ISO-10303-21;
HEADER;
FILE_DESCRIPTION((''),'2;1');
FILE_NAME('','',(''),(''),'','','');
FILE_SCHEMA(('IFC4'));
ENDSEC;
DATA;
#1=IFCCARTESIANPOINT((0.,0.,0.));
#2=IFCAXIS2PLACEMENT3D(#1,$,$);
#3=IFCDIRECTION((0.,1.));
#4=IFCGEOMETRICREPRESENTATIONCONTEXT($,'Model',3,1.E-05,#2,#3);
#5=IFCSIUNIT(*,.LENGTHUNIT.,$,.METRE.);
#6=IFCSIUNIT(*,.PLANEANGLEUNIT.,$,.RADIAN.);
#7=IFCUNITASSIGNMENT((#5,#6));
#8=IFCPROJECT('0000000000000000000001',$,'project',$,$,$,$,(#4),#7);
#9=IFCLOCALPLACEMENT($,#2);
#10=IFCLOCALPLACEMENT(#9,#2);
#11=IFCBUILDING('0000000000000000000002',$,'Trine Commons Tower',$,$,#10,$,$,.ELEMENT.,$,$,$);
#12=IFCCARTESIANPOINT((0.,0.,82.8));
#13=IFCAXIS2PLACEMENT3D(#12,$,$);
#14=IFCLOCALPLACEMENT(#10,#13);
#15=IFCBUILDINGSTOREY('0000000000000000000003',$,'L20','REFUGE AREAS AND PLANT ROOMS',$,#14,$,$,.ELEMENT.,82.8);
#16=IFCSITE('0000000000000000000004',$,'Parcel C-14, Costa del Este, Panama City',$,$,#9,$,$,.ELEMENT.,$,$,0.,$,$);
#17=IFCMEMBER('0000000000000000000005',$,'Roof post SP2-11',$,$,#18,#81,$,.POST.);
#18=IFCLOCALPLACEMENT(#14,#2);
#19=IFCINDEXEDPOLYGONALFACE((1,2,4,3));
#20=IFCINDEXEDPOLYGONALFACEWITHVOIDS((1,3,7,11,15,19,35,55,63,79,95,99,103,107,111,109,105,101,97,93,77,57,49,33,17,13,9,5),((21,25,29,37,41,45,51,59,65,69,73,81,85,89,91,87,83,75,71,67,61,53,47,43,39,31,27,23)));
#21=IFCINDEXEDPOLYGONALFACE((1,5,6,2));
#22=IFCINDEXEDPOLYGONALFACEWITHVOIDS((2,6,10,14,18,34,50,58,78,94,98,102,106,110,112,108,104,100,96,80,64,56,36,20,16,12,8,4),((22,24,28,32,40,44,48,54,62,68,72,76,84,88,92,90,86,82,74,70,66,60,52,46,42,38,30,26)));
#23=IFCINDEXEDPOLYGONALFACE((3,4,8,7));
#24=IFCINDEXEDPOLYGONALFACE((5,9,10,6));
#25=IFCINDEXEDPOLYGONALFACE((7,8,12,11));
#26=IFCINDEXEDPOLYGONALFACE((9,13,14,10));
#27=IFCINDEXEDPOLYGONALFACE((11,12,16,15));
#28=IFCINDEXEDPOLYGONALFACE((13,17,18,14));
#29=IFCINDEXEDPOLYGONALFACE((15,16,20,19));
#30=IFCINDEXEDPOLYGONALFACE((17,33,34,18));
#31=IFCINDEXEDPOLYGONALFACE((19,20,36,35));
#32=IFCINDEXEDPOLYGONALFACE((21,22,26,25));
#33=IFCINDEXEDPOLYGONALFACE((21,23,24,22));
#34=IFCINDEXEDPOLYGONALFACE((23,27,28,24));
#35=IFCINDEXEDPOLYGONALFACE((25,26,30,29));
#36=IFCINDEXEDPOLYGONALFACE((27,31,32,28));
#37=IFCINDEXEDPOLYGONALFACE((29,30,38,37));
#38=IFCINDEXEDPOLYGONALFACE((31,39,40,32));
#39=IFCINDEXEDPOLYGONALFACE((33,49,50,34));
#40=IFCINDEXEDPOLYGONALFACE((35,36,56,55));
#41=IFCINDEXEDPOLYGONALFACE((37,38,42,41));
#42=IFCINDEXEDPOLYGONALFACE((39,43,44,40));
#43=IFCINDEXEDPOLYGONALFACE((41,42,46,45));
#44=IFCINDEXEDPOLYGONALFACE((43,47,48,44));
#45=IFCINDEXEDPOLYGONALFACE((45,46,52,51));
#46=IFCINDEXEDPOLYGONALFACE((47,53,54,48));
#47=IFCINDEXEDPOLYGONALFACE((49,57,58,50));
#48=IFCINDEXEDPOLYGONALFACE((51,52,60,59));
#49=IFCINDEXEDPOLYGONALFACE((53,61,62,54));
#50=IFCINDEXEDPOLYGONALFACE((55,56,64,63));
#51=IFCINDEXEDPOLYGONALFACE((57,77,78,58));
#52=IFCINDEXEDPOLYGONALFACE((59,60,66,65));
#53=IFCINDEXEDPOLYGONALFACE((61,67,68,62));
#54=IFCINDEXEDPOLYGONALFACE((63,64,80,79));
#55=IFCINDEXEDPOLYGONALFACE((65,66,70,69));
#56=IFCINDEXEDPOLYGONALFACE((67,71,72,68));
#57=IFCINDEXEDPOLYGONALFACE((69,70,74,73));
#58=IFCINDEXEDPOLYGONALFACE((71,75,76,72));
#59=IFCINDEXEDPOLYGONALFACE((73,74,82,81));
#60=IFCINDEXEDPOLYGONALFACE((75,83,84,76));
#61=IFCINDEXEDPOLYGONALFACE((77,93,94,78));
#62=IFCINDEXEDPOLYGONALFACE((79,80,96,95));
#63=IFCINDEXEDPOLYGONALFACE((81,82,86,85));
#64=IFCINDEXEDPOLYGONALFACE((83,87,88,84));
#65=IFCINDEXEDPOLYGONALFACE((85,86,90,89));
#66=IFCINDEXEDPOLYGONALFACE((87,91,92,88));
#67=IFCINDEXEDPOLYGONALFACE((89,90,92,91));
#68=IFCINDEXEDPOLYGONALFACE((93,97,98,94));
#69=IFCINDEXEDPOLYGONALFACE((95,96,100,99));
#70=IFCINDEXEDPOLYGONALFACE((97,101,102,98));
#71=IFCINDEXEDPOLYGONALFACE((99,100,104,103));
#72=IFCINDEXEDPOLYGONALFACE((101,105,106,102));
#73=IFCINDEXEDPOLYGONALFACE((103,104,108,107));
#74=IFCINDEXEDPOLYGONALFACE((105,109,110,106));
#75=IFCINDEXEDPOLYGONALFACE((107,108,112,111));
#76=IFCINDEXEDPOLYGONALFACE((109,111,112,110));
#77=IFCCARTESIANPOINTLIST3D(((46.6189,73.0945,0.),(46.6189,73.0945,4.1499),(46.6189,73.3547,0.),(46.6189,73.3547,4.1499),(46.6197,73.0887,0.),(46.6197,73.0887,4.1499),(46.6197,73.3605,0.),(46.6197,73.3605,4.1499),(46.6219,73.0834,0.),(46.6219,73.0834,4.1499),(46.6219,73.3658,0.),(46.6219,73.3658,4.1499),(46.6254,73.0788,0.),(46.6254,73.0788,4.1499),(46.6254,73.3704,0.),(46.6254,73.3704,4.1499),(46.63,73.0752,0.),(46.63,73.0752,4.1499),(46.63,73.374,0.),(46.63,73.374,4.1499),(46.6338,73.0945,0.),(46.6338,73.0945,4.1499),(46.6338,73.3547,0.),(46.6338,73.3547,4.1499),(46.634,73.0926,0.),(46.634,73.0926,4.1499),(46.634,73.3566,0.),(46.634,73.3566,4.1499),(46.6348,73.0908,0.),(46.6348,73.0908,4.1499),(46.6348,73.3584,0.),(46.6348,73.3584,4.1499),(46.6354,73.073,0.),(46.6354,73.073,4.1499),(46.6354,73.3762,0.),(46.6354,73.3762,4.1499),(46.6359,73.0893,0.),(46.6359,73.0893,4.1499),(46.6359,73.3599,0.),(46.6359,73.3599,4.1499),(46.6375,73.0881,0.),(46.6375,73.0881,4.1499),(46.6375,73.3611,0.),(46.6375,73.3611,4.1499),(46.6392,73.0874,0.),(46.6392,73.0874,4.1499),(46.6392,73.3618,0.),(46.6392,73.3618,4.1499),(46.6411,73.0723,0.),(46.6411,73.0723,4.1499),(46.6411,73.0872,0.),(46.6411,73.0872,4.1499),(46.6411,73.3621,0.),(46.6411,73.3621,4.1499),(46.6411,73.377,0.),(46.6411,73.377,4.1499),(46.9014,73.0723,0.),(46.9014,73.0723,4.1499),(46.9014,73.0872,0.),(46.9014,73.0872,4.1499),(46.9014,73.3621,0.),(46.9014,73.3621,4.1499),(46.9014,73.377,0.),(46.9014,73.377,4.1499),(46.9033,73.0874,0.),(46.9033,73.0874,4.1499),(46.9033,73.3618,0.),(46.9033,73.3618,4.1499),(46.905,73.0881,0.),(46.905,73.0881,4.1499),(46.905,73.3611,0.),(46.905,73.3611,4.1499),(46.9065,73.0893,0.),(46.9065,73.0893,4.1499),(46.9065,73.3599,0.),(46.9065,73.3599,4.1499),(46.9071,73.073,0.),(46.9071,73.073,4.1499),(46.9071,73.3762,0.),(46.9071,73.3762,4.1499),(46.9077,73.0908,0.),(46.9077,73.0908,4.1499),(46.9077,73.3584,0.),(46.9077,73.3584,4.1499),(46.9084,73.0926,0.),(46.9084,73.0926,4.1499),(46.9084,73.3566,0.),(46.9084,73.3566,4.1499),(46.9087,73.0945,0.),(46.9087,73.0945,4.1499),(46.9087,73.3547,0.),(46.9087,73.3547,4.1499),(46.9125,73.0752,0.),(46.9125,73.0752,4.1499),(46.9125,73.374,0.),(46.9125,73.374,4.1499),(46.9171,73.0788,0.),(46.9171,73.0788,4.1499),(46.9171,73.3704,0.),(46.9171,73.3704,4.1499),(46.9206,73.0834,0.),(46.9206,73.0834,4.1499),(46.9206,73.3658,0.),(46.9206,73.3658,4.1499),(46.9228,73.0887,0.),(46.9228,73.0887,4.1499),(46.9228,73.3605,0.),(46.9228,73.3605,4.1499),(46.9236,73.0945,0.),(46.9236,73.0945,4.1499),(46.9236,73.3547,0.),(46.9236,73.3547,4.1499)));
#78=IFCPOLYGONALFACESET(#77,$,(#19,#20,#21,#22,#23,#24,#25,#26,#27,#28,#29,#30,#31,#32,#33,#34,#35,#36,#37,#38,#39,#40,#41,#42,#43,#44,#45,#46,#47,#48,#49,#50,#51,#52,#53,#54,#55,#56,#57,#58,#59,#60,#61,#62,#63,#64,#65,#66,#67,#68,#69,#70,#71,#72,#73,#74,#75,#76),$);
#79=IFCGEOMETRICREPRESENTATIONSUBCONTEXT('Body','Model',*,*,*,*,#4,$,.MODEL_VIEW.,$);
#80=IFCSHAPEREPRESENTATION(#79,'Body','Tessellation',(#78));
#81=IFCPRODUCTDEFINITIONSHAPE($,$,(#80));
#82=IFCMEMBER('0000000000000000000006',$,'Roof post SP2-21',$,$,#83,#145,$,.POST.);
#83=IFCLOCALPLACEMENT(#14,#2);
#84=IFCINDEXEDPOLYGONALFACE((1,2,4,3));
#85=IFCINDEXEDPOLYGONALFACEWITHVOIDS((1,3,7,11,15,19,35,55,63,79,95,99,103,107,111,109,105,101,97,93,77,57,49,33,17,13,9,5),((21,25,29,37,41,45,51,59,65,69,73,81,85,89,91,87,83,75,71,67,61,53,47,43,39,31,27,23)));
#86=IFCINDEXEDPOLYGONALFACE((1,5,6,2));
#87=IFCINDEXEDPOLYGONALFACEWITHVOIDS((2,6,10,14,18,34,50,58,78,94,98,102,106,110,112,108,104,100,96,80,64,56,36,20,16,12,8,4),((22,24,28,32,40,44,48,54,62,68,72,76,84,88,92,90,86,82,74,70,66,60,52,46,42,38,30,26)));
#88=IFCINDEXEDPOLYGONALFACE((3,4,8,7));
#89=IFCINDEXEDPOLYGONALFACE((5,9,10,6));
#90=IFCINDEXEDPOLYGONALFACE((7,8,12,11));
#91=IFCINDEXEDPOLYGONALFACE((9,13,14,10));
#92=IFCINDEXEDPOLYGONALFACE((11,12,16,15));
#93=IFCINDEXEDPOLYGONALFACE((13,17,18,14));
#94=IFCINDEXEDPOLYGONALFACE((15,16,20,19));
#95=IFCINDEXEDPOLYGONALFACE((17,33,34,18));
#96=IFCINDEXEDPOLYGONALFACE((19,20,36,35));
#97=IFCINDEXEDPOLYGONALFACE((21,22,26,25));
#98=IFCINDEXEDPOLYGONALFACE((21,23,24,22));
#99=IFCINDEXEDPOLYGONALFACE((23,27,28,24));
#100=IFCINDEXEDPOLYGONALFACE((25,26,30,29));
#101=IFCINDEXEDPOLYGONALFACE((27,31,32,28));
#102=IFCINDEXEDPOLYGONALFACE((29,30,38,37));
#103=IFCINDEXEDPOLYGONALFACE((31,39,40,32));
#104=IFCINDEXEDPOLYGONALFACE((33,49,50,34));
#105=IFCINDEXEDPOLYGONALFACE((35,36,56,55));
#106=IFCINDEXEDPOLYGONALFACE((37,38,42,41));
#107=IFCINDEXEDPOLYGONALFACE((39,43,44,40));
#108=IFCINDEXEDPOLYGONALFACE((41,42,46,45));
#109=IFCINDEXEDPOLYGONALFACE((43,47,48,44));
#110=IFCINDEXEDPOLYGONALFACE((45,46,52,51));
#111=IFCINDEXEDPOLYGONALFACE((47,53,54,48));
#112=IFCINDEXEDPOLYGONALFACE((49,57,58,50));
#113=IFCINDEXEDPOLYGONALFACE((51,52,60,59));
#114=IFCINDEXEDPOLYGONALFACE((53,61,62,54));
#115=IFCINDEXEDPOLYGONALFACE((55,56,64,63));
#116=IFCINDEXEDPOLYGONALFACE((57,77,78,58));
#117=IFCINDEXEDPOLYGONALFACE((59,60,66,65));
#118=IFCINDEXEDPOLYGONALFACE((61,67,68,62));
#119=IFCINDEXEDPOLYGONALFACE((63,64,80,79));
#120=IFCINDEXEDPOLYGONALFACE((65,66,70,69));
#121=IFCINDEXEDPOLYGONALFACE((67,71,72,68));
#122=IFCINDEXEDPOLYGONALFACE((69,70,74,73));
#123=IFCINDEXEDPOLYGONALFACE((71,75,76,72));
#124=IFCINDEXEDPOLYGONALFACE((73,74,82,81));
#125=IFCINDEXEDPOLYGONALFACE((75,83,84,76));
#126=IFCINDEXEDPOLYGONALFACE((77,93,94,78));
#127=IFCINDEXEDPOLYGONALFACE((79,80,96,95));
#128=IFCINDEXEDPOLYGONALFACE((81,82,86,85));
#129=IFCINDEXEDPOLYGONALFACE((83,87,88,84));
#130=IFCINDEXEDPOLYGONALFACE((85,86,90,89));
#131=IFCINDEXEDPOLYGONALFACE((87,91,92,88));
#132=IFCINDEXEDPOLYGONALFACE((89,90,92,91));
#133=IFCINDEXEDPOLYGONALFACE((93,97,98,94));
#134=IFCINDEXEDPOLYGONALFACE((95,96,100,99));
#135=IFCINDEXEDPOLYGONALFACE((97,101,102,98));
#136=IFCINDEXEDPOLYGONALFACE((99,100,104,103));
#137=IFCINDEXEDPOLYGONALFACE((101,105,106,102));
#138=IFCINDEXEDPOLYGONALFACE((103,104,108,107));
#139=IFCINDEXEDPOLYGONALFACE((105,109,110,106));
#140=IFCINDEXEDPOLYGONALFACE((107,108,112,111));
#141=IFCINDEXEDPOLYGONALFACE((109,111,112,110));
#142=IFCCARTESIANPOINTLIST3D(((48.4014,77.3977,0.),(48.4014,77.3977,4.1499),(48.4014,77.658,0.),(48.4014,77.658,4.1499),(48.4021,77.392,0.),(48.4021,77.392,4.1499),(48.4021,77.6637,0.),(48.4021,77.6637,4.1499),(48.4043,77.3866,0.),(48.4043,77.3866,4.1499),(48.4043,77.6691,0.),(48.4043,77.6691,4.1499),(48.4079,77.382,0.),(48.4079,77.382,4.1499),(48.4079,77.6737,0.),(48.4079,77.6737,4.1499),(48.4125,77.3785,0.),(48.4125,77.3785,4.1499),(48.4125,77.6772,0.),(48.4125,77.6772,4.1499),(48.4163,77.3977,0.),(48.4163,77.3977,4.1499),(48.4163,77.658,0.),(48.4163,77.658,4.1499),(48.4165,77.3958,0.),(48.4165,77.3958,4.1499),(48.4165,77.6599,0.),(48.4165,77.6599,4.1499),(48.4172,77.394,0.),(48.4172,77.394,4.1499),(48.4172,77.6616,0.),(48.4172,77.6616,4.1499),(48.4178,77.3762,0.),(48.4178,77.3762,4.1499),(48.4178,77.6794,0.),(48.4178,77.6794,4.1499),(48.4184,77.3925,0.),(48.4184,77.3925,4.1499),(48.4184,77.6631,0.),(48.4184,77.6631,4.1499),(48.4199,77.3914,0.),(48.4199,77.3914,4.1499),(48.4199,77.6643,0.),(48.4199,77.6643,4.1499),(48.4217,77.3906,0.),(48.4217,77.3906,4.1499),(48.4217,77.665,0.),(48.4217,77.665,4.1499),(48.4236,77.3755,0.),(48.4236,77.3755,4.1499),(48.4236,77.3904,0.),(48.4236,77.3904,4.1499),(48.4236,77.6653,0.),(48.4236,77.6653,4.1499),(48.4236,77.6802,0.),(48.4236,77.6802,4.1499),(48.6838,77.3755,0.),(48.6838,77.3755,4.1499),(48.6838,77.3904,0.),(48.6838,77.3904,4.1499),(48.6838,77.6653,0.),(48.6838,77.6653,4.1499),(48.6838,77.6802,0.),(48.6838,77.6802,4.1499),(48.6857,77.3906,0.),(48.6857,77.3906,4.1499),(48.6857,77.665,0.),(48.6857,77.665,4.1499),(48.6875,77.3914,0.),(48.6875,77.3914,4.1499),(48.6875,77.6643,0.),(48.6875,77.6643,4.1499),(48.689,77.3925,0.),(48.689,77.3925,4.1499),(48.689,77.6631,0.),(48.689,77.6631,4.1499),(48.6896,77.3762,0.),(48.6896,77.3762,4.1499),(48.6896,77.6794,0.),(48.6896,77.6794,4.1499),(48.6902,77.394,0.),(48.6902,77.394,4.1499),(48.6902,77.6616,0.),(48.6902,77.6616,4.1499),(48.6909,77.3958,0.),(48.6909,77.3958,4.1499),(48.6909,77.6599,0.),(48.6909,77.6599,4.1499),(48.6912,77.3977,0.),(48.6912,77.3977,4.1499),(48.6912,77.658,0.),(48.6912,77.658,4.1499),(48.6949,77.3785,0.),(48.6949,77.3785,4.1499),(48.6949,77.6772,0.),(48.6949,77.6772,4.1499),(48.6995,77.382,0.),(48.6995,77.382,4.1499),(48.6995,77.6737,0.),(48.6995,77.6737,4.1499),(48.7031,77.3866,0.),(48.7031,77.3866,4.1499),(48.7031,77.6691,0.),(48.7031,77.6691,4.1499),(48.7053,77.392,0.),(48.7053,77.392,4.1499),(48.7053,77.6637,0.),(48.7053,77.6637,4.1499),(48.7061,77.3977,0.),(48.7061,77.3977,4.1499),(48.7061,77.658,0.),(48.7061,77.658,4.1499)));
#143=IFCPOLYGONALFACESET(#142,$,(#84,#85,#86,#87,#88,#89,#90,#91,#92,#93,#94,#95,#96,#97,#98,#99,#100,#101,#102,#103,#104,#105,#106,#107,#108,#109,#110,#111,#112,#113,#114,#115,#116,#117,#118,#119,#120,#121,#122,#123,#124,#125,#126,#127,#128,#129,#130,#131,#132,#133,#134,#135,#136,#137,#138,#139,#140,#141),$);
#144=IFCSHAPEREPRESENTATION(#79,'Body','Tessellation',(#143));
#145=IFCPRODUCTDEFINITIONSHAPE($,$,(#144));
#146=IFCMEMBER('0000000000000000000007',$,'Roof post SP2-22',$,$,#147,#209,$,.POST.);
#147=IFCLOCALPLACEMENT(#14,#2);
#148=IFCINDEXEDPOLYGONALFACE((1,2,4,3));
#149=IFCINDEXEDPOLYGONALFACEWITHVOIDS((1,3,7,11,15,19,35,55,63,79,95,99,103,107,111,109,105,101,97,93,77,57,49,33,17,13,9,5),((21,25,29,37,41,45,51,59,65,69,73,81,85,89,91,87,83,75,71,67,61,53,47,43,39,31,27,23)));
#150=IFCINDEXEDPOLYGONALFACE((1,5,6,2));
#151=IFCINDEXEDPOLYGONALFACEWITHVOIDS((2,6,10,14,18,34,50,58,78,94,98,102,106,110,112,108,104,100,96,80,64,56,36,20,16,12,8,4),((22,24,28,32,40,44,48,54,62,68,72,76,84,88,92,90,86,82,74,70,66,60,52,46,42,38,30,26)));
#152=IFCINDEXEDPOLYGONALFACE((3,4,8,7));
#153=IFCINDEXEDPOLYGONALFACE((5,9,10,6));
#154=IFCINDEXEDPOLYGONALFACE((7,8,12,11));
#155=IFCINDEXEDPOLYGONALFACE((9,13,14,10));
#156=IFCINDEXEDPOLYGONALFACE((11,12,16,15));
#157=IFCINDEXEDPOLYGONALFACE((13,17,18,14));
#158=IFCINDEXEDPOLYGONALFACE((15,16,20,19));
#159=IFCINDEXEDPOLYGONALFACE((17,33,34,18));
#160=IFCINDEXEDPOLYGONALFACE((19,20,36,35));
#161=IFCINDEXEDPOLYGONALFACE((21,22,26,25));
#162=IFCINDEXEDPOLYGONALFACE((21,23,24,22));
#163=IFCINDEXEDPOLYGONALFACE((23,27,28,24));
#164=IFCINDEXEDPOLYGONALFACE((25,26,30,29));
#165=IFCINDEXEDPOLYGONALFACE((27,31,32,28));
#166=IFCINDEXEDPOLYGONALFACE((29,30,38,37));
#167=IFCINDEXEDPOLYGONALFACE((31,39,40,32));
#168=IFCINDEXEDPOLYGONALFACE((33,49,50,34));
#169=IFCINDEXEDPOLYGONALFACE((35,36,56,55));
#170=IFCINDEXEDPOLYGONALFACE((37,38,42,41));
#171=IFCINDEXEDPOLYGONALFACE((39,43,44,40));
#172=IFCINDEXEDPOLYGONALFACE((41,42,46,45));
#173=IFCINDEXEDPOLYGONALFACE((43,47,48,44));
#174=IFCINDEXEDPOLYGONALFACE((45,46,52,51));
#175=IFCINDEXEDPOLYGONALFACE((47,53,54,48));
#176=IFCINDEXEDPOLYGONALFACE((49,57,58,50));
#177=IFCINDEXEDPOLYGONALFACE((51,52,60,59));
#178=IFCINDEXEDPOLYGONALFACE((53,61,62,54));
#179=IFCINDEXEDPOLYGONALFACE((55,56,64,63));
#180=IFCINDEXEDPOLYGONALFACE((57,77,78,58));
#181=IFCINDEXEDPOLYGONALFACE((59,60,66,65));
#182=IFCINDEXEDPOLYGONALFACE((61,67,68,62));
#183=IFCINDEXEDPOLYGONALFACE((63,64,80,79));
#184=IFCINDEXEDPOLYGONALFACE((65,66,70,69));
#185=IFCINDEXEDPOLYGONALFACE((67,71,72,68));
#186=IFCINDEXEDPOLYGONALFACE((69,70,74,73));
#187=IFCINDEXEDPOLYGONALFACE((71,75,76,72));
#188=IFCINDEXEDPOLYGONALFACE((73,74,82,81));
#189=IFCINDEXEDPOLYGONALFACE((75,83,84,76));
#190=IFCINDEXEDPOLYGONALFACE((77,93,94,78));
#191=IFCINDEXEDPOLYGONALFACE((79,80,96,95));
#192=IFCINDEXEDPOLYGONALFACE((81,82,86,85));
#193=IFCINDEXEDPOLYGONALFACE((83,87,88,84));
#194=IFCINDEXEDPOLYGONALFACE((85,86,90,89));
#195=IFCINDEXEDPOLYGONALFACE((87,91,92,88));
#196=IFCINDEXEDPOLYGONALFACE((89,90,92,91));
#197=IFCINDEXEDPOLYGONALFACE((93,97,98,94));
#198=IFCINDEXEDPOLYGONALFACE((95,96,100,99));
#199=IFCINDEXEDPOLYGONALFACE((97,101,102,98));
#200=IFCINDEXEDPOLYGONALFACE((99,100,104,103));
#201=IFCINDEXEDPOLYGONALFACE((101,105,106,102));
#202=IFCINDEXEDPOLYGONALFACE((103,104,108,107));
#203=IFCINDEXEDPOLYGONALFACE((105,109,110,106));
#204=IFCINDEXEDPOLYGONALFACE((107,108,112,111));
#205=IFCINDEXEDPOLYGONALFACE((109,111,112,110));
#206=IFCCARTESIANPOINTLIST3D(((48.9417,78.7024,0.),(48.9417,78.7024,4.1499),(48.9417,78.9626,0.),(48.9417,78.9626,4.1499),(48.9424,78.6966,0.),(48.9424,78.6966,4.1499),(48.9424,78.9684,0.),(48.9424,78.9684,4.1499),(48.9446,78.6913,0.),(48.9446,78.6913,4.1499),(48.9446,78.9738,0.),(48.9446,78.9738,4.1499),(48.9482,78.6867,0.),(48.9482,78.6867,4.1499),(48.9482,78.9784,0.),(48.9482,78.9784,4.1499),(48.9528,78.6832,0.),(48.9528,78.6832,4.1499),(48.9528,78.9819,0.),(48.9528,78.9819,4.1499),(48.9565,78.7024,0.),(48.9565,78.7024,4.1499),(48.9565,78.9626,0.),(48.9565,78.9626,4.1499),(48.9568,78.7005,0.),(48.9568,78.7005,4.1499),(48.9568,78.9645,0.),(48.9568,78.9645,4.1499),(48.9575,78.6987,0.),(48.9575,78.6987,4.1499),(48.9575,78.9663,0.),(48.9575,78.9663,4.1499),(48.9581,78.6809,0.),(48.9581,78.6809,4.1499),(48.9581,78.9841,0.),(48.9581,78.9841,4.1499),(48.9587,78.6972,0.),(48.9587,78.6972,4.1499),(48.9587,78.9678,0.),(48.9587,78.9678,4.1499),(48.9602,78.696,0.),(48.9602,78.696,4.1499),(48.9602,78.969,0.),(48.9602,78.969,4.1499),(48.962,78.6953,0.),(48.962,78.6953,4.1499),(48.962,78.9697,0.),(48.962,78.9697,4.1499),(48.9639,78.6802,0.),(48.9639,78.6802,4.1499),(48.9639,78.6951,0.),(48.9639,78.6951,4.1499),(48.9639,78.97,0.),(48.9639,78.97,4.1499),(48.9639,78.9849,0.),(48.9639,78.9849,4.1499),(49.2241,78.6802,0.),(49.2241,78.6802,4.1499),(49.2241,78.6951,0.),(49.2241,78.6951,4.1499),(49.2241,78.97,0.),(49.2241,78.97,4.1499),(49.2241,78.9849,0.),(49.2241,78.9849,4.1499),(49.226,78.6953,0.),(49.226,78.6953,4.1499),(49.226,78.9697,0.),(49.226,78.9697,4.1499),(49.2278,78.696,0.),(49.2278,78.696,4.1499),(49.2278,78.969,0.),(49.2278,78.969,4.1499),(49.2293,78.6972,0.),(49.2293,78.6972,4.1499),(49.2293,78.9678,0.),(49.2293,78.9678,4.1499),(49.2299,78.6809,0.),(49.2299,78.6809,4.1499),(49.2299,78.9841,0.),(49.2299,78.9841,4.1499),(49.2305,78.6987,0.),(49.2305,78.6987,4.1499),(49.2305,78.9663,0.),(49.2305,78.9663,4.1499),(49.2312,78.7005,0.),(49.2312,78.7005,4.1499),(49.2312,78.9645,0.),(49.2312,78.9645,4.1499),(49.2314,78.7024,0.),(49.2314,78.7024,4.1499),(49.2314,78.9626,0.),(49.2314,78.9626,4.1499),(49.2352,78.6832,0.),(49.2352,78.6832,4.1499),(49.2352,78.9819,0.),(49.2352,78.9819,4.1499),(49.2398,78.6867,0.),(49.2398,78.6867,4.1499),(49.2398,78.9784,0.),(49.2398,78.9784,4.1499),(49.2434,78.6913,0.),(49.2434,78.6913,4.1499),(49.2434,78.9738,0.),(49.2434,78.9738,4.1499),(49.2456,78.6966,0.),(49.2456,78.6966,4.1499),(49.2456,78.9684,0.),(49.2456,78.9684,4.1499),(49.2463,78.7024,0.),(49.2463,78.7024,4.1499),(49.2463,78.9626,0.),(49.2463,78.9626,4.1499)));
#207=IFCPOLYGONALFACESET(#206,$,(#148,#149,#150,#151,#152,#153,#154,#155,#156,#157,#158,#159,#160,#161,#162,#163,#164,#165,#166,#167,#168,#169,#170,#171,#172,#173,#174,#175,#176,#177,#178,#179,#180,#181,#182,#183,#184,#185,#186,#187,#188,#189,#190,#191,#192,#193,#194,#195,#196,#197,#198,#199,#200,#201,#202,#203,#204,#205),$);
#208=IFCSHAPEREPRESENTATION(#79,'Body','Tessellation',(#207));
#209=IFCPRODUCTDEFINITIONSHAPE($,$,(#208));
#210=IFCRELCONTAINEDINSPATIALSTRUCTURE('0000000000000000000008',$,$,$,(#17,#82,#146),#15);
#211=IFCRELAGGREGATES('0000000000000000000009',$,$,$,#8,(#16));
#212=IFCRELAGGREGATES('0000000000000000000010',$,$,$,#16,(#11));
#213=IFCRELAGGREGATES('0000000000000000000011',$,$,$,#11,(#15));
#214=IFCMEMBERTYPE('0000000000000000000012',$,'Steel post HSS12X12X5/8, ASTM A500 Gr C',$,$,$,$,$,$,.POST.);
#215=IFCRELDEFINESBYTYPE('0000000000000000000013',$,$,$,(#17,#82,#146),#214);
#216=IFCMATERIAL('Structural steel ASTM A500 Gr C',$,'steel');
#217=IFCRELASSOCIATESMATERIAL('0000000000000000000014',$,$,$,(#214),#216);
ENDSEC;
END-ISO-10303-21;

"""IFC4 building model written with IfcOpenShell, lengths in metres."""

from ifc_helpers import new_model, si_unit, direction, frame, origin, origin_2d, place, context, subcontext, project, spatial, hollow_rectangle, extrude, material, material_profile, profile_set, type_object, element, save


model = new_model("IFC4")

# Units and contexts
model_context = context("Model", 3, precision=1e-05, world=origin(), true_north=direction((0.0, 1.0)))
body_context = subcontext(model_context, "Body", "Model", "MODEL_VIEW")
ifc_project = project(units=[si_unit("LENGTHUNIT", "METRE"), si_unit("PLANEANGLEUNIT", "RADIAN")], contexts=[model_context])

# Site, building, storey
site_placement = place(None, origin())
site = spatial("IfcSite", under=ifc_project, at=site_placement, Name="Parcel C-14, Costa del Este, Panama City", CompositionType="ELEMENT", RefElevation=0.0)
building_placement = place(site_placement, origin())
building = spatial("IfcBuilding", under=site, at=building_placement, Name="Trine Commons Tower", CompositionType="ELEMENT")
storey_placement = place(building_placement, frame((0.0, 0.0, 82.8)))
storey = spatial("IfcBuildingStorey", under=building, at=storey_placement, Name="L20", Description="REFUGE AREAS AND PLANT ROOMS", CompositionType="ELEMENT", Elevation=82.8)

# Members
ifc_material_1 = material(Name="Structural steel ASTM A500 Gr C", Category="steel")
ifc_material_profile_1 = material_profile(ifc_material_1, hollow_rectangle(XDim=0.3047, YDim=0.3047, WallThickness=0.0149, InnerFilletRadius=0.0073, OuterFilletRadius=0.0222, at=origin_2d()), Name="HSS12X12X5/8")
ifc_profile_set_1 = profile_set([ifc_material_profile_1], Name="Structural steel ASTM A500 Gr C")
member_type_1 = type_object("IfcMemberType", Name="Steel post HSS12X12X5/8, ASTM A500 Gr C", PredefinedType="POST", material=ifc_profile_set_1)
for number, where, z_axis, x_axis, name in (
    (1, (46.7712, 73.2246, 0.0), (0.0, 0.0, 1.0), (1.0, 0.0, 0.0), "Roof post SP2-11"),
    (2, (48.5537, 77.5278, 0.0), (0.0, 0.0, 1.0), (1.0, 0.0, 0.0), "Roof post SP2-21"),
    (3, (49.094, 78.8325, 0.0), (0.0, 0.0, 1.0), (1.0, 0.0, 0.0), "Roof post SP2-22"),
):
    element("IfcMember", number, at=place(storey_placement, frame(where, z_axis=z_axis, x_axis=x_axis)), inside=storey, type_object=member_type_1, Name=name, PredefinedType="POST", context=body_context, shape_type="SweptSolid", body=[
        extrude(hollow_rectangle(XDim=0.3047, YDim=0.3047, WallThickness=0.0149, InnerFilletRadius=0.0073, OuterFilletRadius=0.0222, at=origin_2d()), origin(), (0.0, 0.0, 1.0), 4.1499),
    ])

save(model, "model.ifc")
